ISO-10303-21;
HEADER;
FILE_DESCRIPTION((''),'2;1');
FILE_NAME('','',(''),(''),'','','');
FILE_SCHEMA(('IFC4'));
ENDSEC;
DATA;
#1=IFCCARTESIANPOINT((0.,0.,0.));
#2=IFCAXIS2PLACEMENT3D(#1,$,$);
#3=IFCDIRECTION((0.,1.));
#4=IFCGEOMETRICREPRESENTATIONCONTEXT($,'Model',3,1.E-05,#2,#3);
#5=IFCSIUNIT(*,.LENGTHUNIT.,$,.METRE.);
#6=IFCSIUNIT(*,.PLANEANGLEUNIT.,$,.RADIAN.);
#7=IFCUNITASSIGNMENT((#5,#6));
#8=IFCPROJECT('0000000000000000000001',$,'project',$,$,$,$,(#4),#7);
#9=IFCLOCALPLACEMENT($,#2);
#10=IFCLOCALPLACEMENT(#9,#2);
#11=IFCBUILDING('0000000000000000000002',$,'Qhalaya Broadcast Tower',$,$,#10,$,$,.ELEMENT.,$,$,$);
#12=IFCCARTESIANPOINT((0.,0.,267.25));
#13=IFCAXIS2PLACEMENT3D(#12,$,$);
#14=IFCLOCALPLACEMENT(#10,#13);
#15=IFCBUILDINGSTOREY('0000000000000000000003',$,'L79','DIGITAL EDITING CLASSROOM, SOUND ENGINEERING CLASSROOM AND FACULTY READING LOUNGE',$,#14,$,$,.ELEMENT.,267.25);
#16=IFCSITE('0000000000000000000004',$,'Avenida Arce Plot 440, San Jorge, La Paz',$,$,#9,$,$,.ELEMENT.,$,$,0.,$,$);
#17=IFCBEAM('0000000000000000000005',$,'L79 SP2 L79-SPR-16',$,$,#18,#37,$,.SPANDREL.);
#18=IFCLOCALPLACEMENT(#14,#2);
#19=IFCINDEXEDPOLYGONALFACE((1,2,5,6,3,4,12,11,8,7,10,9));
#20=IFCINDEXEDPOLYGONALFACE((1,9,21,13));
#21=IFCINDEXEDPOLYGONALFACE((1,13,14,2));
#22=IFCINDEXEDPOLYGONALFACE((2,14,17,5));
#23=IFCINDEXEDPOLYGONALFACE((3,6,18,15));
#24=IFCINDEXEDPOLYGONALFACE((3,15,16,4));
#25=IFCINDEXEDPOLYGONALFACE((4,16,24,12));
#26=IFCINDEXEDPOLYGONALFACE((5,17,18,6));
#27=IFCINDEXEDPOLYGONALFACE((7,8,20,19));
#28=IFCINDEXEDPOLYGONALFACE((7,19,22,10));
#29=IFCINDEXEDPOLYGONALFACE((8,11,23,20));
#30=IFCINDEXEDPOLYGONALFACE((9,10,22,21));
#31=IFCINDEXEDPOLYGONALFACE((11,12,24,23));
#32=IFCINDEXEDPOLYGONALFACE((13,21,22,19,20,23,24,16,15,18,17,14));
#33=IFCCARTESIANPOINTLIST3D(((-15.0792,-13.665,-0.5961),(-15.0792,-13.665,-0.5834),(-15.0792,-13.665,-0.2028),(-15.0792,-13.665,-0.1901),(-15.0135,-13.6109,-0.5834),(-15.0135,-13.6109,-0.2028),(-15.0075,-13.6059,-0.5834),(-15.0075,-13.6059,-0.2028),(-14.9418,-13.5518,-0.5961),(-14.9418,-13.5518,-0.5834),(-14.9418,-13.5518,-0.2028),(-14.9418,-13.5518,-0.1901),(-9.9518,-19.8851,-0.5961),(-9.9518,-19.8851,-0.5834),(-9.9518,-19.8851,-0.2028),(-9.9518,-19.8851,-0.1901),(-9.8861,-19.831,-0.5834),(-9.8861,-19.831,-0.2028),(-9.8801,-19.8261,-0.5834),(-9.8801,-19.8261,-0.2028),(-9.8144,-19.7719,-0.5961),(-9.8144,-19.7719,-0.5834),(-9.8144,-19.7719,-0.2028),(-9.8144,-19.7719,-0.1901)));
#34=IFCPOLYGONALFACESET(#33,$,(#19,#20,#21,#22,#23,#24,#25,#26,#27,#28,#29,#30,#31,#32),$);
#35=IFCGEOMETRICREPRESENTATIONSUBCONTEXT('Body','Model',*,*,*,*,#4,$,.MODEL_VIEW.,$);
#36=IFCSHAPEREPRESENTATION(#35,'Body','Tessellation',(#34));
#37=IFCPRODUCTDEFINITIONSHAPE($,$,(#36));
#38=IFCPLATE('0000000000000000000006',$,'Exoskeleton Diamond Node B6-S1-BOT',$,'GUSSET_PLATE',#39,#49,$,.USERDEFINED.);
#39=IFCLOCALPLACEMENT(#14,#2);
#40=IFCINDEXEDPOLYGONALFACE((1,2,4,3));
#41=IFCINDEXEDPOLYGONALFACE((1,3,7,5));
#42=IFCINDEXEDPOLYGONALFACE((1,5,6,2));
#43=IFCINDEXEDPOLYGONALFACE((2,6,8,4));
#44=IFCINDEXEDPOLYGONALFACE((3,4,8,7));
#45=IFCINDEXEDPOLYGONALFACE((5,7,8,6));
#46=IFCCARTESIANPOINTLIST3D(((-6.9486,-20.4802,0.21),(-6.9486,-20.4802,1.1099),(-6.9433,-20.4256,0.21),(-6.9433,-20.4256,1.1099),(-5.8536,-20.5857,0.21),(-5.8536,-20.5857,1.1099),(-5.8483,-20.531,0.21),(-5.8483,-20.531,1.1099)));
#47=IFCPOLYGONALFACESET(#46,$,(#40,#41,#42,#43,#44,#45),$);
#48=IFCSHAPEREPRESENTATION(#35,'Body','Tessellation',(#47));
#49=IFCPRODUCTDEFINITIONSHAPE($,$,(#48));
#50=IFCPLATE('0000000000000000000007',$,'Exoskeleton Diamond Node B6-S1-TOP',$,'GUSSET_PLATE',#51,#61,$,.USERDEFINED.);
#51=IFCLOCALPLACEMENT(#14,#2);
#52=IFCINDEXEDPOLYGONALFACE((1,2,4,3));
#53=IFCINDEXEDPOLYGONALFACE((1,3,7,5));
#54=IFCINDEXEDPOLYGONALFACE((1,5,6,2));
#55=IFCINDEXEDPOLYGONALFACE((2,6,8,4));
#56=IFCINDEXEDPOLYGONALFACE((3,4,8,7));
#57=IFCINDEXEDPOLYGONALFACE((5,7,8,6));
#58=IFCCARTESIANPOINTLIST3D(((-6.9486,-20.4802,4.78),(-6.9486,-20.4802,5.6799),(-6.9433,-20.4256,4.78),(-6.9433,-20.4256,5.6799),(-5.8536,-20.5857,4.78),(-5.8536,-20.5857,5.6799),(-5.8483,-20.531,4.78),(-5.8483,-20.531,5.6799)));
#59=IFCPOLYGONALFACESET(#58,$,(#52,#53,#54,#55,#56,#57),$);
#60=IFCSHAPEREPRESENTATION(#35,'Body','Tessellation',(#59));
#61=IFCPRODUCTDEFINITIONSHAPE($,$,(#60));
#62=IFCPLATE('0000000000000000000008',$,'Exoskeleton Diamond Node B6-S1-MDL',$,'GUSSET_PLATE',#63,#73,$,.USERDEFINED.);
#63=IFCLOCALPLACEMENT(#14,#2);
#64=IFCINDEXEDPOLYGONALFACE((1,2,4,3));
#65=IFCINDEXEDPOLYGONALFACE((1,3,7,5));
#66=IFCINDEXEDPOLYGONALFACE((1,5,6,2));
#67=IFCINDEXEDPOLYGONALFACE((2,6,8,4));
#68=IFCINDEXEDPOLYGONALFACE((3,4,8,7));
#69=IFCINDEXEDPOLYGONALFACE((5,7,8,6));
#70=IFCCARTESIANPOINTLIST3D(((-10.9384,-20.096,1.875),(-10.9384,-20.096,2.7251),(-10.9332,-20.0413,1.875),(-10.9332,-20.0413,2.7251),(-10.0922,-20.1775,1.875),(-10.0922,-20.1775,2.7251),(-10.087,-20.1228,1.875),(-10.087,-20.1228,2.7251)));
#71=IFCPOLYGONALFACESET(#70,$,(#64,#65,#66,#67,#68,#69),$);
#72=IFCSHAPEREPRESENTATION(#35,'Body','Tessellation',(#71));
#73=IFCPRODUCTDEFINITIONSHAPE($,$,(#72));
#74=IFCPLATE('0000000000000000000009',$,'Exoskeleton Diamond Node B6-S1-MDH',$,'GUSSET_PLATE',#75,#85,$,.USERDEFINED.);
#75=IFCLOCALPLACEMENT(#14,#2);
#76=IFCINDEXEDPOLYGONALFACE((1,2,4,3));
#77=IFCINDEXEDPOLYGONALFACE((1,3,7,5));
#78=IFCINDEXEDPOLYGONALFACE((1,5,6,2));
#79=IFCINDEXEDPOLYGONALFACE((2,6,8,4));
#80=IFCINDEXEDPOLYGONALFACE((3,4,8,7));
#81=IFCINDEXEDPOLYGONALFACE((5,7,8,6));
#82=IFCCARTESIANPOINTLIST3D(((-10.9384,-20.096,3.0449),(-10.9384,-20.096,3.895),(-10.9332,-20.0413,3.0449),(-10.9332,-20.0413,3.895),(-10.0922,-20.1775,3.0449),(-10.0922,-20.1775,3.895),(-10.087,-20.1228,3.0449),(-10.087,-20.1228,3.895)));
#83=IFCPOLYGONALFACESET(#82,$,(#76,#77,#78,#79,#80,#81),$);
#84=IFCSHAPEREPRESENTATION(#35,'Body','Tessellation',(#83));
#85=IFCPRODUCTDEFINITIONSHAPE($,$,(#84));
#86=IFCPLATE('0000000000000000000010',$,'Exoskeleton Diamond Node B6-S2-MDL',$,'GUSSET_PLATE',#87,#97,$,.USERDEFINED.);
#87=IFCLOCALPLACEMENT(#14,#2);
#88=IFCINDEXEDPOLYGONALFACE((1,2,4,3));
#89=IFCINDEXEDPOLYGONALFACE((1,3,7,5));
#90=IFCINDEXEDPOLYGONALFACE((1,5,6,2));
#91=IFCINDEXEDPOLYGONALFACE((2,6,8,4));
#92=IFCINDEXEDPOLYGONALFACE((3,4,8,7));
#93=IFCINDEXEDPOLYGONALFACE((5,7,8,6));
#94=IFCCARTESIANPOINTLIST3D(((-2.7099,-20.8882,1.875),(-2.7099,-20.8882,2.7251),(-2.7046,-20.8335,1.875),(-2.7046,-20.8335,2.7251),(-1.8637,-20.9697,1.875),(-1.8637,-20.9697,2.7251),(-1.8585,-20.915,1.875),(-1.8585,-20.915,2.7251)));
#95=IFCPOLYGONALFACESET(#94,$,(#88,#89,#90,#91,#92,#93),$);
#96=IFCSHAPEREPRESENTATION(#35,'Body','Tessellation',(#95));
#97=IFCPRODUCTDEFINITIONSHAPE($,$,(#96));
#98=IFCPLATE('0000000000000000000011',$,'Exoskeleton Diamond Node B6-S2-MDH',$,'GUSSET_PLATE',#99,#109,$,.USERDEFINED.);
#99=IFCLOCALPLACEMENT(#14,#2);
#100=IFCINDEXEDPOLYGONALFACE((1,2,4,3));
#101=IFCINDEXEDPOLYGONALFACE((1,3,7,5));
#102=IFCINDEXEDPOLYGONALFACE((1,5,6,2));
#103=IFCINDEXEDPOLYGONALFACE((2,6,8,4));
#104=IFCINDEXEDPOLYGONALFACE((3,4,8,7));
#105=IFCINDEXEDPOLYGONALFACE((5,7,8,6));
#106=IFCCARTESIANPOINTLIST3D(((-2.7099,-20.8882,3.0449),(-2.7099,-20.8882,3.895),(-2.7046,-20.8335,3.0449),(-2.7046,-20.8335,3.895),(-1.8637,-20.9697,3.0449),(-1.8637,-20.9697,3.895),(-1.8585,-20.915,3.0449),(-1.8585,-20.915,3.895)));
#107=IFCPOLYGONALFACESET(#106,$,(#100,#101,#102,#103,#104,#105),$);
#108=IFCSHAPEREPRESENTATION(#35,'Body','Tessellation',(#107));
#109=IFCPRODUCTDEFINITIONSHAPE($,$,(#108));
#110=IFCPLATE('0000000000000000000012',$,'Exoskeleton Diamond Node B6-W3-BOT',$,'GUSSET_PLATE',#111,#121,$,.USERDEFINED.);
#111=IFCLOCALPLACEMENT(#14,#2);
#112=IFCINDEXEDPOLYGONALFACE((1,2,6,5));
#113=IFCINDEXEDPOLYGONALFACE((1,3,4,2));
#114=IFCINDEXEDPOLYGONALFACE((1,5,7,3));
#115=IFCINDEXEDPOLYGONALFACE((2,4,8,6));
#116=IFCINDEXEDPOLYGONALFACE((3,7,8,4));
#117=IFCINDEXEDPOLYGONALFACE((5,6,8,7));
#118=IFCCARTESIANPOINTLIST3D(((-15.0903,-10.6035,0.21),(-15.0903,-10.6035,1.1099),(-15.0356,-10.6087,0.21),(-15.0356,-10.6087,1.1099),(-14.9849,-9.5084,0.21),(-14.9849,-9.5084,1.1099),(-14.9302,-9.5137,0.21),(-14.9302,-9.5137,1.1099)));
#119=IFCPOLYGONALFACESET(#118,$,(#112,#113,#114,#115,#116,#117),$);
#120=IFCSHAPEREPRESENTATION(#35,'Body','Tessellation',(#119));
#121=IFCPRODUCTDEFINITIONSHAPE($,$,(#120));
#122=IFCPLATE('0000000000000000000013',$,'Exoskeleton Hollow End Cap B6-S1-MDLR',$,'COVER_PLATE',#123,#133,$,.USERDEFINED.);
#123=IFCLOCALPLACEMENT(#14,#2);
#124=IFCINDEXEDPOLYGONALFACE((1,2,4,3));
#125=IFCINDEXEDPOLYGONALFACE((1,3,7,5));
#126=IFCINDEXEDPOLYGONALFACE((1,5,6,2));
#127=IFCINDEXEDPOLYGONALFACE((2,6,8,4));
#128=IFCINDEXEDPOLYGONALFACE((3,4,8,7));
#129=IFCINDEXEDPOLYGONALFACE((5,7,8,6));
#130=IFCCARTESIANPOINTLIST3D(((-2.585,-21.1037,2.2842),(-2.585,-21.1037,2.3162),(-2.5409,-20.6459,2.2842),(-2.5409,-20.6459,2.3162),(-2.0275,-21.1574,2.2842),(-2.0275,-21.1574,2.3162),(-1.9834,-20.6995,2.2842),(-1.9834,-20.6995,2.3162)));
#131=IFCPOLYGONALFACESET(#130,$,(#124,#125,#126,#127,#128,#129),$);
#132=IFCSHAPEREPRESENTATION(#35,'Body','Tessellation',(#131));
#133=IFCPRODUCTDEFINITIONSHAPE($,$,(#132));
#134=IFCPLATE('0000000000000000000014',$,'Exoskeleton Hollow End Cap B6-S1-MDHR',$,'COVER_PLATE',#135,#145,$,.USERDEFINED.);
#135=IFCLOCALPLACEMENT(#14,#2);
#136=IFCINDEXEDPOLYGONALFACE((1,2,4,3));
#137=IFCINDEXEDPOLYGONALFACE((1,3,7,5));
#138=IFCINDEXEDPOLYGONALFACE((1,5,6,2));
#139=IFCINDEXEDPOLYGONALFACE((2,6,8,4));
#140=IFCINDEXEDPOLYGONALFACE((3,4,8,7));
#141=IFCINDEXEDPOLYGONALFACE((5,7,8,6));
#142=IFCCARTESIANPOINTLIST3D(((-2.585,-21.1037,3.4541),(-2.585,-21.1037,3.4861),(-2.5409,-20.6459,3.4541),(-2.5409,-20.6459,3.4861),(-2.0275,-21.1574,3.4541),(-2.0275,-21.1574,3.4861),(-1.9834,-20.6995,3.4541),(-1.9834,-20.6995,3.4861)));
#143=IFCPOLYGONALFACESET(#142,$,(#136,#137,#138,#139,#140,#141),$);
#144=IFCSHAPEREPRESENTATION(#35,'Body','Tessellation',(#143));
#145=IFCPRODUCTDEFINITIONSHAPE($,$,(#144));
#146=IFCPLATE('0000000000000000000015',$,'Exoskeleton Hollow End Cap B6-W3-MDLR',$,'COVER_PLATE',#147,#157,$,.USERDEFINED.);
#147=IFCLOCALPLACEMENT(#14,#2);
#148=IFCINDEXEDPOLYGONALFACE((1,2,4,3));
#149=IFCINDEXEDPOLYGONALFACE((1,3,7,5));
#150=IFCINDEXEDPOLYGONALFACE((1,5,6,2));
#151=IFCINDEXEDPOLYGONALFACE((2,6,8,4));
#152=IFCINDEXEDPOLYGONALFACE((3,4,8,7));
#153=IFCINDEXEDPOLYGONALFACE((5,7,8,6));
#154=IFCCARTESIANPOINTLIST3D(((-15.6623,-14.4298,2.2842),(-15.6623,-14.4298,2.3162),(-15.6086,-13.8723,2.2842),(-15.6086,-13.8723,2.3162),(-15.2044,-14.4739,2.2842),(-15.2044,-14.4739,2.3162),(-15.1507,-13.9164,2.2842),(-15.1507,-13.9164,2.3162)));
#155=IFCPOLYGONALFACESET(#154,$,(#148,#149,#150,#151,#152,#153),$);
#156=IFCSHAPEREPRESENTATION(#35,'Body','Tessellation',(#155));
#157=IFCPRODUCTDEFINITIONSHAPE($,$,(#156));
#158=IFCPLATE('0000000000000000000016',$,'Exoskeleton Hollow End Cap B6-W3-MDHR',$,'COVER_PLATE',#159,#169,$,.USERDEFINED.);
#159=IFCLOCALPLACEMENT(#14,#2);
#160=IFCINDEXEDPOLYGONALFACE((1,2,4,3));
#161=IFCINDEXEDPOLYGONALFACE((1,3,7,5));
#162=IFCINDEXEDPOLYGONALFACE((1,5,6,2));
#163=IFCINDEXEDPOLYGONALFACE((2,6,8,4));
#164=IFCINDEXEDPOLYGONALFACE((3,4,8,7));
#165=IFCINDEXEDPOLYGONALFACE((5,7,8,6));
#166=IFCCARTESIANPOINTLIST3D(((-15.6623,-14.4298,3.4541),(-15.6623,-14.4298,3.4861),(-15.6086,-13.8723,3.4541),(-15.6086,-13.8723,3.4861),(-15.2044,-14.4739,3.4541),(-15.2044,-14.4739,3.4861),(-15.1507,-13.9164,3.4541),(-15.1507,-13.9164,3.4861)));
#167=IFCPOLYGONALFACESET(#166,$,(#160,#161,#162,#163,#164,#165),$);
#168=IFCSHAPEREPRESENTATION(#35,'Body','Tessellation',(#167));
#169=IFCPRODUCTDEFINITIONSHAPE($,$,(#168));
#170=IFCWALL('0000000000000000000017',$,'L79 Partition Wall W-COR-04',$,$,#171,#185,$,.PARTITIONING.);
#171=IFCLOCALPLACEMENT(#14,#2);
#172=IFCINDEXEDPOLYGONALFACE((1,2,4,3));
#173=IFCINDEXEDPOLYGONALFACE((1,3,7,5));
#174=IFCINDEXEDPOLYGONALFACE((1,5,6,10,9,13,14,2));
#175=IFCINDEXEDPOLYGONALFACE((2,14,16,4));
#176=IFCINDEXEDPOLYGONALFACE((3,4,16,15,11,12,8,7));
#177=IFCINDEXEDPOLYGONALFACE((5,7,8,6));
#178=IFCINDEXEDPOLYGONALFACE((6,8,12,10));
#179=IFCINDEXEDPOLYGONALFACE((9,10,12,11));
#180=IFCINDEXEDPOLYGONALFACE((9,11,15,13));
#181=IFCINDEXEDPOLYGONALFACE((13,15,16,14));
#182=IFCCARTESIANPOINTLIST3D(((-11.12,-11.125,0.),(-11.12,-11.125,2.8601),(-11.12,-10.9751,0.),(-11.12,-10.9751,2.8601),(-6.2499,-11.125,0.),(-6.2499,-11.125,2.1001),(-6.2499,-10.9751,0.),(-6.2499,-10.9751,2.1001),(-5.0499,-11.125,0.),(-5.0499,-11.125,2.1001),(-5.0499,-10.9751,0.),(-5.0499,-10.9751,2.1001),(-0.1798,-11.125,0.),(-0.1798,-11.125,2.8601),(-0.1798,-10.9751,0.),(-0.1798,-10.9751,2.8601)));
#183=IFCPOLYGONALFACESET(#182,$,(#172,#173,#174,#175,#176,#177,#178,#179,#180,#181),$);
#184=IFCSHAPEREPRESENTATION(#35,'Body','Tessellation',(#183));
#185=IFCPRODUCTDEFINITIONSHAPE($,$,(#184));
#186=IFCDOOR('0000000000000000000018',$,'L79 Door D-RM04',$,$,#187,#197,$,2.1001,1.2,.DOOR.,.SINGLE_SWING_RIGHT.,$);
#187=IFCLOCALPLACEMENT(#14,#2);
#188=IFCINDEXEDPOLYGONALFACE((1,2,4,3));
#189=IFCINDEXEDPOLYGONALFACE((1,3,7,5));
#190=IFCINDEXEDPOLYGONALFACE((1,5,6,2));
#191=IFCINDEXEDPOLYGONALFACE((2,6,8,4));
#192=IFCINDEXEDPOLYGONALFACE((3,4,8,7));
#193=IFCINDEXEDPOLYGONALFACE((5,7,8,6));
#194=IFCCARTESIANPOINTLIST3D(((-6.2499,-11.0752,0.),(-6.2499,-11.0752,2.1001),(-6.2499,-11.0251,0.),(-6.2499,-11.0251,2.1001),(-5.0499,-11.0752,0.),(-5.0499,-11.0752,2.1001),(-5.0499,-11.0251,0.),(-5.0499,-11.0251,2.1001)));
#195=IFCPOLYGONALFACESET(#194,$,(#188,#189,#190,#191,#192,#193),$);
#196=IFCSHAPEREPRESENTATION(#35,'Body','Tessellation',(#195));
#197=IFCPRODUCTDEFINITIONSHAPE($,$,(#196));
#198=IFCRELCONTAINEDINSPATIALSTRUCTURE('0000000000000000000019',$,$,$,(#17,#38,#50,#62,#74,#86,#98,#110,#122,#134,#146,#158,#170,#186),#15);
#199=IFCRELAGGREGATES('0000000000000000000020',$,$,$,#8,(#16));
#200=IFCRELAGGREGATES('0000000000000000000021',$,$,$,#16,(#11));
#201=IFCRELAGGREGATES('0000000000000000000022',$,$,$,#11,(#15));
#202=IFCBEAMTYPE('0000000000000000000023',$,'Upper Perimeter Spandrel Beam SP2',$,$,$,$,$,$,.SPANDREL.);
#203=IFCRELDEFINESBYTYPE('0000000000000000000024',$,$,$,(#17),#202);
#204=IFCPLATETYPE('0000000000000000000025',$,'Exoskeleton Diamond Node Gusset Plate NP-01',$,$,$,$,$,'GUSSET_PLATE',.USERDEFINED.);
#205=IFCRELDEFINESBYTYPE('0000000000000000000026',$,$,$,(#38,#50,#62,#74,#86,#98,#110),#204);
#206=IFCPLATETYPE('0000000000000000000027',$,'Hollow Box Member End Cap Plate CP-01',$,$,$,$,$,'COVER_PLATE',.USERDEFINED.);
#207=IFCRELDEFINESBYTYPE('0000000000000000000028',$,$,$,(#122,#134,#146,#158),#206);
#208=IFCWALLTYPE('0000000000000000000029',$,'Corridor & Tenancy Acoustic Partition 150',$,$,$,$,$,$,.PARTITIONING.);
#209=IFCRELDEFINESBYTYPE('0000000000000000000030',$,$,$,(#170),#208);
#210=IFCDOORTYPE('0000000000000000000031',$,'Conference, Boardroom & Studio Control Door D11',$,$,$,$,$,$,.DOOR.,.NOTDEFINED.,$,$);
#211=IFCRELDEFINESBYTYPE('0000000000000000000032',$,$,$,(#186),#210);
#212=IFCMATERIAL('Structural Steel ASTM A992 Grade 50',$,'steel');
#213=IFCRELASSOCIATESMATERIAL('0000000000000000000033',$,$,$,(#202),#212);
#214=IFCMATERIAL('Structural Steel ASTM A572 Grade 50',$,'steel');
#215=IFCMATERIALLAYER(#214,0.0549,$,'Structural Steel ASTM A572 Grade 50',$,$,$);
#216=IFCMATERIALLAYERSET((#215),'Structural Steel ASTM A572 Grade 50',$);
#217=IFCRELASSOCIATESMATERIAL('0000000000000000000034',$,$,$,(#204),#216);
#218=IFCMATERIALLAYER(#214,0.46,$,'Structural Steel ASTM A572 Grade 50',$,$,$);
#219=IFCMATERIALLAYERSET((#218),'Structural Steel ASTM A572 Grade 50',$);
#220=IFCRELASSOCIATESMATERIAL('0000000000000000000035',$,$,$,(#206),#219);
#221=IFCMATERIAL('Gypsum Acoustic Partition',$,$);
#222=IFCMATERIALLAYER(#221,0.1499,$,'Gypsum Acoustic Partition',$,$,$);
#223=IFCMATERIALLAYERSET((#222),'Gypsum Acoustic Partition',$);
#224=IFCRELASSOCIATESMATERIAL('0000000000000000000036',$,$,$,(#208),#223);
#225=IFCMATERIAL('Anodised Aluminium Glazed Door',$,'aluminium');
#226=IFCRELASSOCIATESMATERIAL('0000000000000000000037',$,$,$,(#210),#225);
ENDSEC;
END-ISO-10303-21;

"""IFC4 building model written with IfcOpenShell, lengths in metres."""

from ifc_helpers import new_model, si_unit, direction, frame, frame_2d, origin, origin_2d, place, context, subcontext, project, spatial, rectangle, i_section, extrude, material, layer, layer_set, material_profile, profile_set, type_object, element, fill, save


model = new_model("IFC4")

# Units and contexts
model_context = context("Model", 3, precision=1e-05, world=origin(), true_north=direction((0.0, 1.0)))
body_context = subcontext(model_context, "Body", "Model", "MODEL_VIEW")
ifc_project = project(units=[si_unit("LENGTHUNIT", "METRE"), si_unit("PLANEANGLEUNIT", "RADIAN")], contexts=[model_context])

# Site, building, storey
site_placement = place(None, origin())
site = spatial("IfcSite", under=ifc_project, at=site_placement, Name="Avenida Arce Plot 440, San Jorge, La Paz", CompositionType="ELEMENT", RefElevation=0.0)
building_placement = place(site_placement, origin())
building = spatial("IfcBuilding", under=site, at=building_placement, Name="Qhalaya Broadcast Tower", CompositionType="ELEMENT")
storey_placement = place(building_placement, frame((0.0, 0.0, 267.25)))
storey = spatial("IfcBuildingStorey", under=building, at=storey_placement, Name="L79", Description="DIGITAL EDITING CLASSROOM, SOUND ENGINEERING CLASSROOM AND FACULTY READING LOUNGE", CompositionType="ELEMENT", Elevation=267.25)

# Shared definitions
ifc_material_1 = material(Name="Structural Steel ASTM A572 Grade 50", Category="steel")

# Shared definitions
ifc_material_2 = material(Name="Structural Steel ASTM A992 Grade 50", Category="steel")

# Beam
ifc_material_profile_1 = material_profile(ifc_material_2, i_section(OverallWidth=0.178, OverallDepth=0.406, WebThickness=0.0078, FlangeThickness=0.0127, at=origin_2d()), Name="W16X40")
ifc_profile_set_1 = profile_set([ifc_material_profile_1], Name="Structural Steel ASTM A992 Grade 50")
beam_type_1 = type_object("IfcBeamType", Name="Upper Perimeter Spandrel Beam SP2", PredefinedType="SPANDREL", material=ifc_profile_set_1)
beam_1_placement = place(storey_placement, frame((-15.0105, -13.6084, -0.3931), z_axis=(0.63607, -0.771631, 0.0), x_axis=(0.771631, 0.63607, 0.0)))
element("IfcBeam", 1, at=beam_1_placement, inside=storey, type_object=beam_type_1, Name="L79 SP2 L79-SPR-16", PredefinedType="SPANDREL", context=body_context, shape_type="SweptSolid", body=[
    extrude(i_section(OverallWidth=0.178, OverallDepth=0.406, WebThickness=0.0078, FlangeThickness=0.0127, at=origin_2d()), origin(), (0.0, 0.0, 1.0), 8.061),
])

# Plates
ifc_layer_1 = layer(ifc_material_1, 0.0549, Name="Structural Steel ASTM A572 Grade 50")
ifc_layer_set_1 = layer_set([ifc_layer_1], Name="Structural Steel ASTM A572 Grade 50")
plate_type_1 = type_object("IfcPlateType", Name="Exoskeleton Diamond Node Gusset Plate NP-01", ElementType="GUSSET_PLATE", PredefinedType="USERDEFINED", material=ifc_layer_set_1)
for number, where, z_axis, x_axis, name in (
    (2, (-6.3984, -20.5056, 0.21), (0.0, 0.0, 1.0), (0.995396, -0.095846, 0.0), "Exoskeleton Diamond Node B6-S1-BOT"),
    (3, (-6.3984, -20.5056, 4.78), (0.0, 0.0, 1.0), (0.995396, -0.095846, 0.0), "Exoskeleton Diamond Node B6-S1-TOP"),
):
    element("IfcPlate", number, at=place(storey_placement, frame(where, z_axis=z_axis, x_axis=x_axis)), inside=storey, type_object=plate_type_1, Name=name, ObjectType="GUSSET_PLATE", PredefinedType="USERDEFINED", context=body_context, shape_type="SweptSolid", body=[
        extrude(rectangle(XDim=1.1001, YDim=0.0549, at=origin_2d()), origin(), (0.0, 0.0, 1.0), 0.8999),
    ])
for number, where, z_axis, x_axis, name in (
    (4, (-10.5127, -20.1094, 1.875), (0.0, 0.0, 1.0), (0.995396, -0.095846, 0.0), "Exoskeleton Diamond Node B6-S1-MDL"),
    (5, (-10.5127, -20.1094, 3.0449), (0.0, 0.0, 1.0), (0.995396, -0.095846, 0.0), "Exoskeleton Diamond Node B6-S1-MDH"),
    (6, (-2.2842, -20.9016, 1.875), (0.0, 0.0, 1.0), (0.995396, -0.095846, 0.0), "Exoskeleton Diamond Node B6-S2-MDL"),
    (7, (-2.2842, -20.9016, 3.0449), (0.0, 0.0, 1.0), (0.995396, -0.095846, 0.0), "Exoskeleton Diamond Node B6-S2-MDH"),
):
    element("IfcPlate", number, at=place(storey_placement, frame(where, z_axis=z_axis, x_axis=x_axis)), inside=storey, type_object=plate_type_1, Name=name, ObjectType="GUSSET_PLATE", PredefinedType="USERDEFINED", context=body_context, shape_type="SweptSolid", body=[
        extrude(rectangle(XDim=0.8501, YDim=0.0549, at=origin_2d()), origin(), (0.0, 0.0, 1.0), 0.8501),
    ])
plate_placement = place(storey_placement, frame((-15.0103, -10.0586, 0.21), z_axis=(0.0, 0.0, 1.0), x_axis=(0.095846, 0.995396, 0.0)))
element("IfcPlate", 8, at=plate_placement, inside=storey, type_object=plate_type_1, Name="Exoskeleton Diamond Node B6-W3-BOT", ObjectType="GUSSET_PLATE", PredefinedType="USERDEFINED", context=body_context, shape_type="SweptSolid", body=[
    extrude(rectangle(XDim=1.1001, YDim=0.0549, at=origin_2d()), origin(), (0.0, 0.0, 1.0), 0.8999),
])
ifc_layer_2 = layer(ifc_material_1, 0.46, Name="Structural Steel ASTM A572 Grade 50")
ifc_layer_set_2 = layer_set([ifc_layer_2], Name="Structural Steel ASTM A572 Grade 50")
plate_type_2 = type_object("IfcPlateType", Name="Hollow Box Member End Cap Plate CP-01", ElementType="COVER_PLATE", PredefinedType="USERDEFINED", material=ifc_layer_set_2)
for number, where, z_axis, x_axis, name in (
    (9, (-2.2842, -20.9016, 2.2842), (0.0, 0.0, 1.0), (0.995396, -0.095846, 0.0), "Exoskeleton Hollow End Cap B6-S1-MDLR"),
    (10, (-2.2842, -20.9016, 3.4541), (0.0, 0.0, 1.0), (0.995396, -0.095846, 0.0), "Exoskeleton Hollow End Cap B6-S1-MDHR"),
    (11, (-15.4065, -14.1731, 2.2842), (0.0, 0.0, 1.0), (0.095846, 0.995396, 0.0), "Exoskeleton Hollow End Cap B6-W3-MDLR"),
    (12, (-15.4065, -14.1731, 3.4541), (0.0, 0.0, 1.0), (0.095846, 0.995396, 0.0), "Exoskeleton Hollow End Cap B6-W3-MDHR"),
):
    element("IfcPlate", number, at=place(storey_placement, frame(where, z_axis=z_axis, x_axis=x_axis)), inside=storey, type_object=plate_type_2, Name=name, ObjectType="COVER_PLATE", PredefinedType="USERDEFINED", context=body_context, shape_type="SweptSolid", body=[
        extrude(rectangle(XDim=0.5601, YDim=0.46, at=origin_2d()), origin(), (0.0, 0.0, 1.0), 0.032),
    ])

# Wall, opening, door
ifc_material_3 = material(Name="Gypsum Acoustic Partition")
ifc_layer_3 = layer(ifc_material_3, 0.1499, Name="Gypsum Acoustic Partition")
ifc_layer_set_3 = layer_set([ifc_layer_3], Name="Gypsum Acoustic Partition")
wall_type_1 = type_object("IfcWallType", Name="Corridor & Tenancy Acoustic Partition 150", PredefinedType="PARTITIONING", material=ifc_layer_set_3)
wall_1_placement = place(storey_placement, frame((-11.1201, -11.05, 0.0), z_axis=(0.0, 0.0, 1.0), x_axis=(1.0, 0.0, 0.0)))
wall_1 = element("IfcWall", 13, at=wall_1_placement, inside=storey, type_object=wall_type_1, Name="L79 Partition Wall W-COR-04", PredefinedType="PARTITIONING", context=body_context, shape_type="SweptSolid", body=[
    extrude(rectangle(XDim=10.9402, YDim=0.1499, at=frame_2d((5.4702, 0.0))), origin(), (0.0, 0.0, 1.0), 2.8601),
])
opening_placement = place(wall_1_placement, frame((4.8701, 0.0, 0.0)))
opening = element("IfcOpeningElement", 14, at=opening_placement, cuts=wall_1, PredefinedType="OPENING", context=body_context, shape_type="SweptSolid", body=[
    extrude(rectangle(XDim=1.2, YDim=2.1001, at=frame_2d((0.6001, 1.05))), frame((0.0, 0.0869, 0.0), z_axis=(0.0, -1.0, 0.0), x_axis=(1.0, 0.0, 0.0)), (0.0, 0.0, 1.0), 0.1738),
])
ifc_material_4 = material(Name="Anodised Aluminium Glazed Door", Category="aluminium")
door_type = type_object("IfcDoorType", Name="Conference, Boardroom & Studio Control Door D11", OperationType="NOTDEFINED", PredefinedType="DOOR", material=ifc_material_4)
door_placement = place(opening_placement, origin())
door = element("IfcDoor", 15, at=door_placement, inside=storey, type_object=door_type, Name="L79 Door D-RM04", OperationType="SINGLE_SWING_RIGHT", OverallHeight=2.1001, OverallWidth=1.2, PredefinedType="DOOR", context=body_context, shape_type="SweptSolid", body=[
    extrude(rectangle(XDim=1.2, YDim=2.1001, at=frame_2d((0.6001, 1.05))), frame((0.0, 0.0249, 0.0), z_axis=(0.0, -1.0, 0.0), x_axis=(1.0, 0.0, 0.0)), (0.0, 0.0, 1.0), 0.05),
])
fill(opening, door)

save(model, "model.ifc")
